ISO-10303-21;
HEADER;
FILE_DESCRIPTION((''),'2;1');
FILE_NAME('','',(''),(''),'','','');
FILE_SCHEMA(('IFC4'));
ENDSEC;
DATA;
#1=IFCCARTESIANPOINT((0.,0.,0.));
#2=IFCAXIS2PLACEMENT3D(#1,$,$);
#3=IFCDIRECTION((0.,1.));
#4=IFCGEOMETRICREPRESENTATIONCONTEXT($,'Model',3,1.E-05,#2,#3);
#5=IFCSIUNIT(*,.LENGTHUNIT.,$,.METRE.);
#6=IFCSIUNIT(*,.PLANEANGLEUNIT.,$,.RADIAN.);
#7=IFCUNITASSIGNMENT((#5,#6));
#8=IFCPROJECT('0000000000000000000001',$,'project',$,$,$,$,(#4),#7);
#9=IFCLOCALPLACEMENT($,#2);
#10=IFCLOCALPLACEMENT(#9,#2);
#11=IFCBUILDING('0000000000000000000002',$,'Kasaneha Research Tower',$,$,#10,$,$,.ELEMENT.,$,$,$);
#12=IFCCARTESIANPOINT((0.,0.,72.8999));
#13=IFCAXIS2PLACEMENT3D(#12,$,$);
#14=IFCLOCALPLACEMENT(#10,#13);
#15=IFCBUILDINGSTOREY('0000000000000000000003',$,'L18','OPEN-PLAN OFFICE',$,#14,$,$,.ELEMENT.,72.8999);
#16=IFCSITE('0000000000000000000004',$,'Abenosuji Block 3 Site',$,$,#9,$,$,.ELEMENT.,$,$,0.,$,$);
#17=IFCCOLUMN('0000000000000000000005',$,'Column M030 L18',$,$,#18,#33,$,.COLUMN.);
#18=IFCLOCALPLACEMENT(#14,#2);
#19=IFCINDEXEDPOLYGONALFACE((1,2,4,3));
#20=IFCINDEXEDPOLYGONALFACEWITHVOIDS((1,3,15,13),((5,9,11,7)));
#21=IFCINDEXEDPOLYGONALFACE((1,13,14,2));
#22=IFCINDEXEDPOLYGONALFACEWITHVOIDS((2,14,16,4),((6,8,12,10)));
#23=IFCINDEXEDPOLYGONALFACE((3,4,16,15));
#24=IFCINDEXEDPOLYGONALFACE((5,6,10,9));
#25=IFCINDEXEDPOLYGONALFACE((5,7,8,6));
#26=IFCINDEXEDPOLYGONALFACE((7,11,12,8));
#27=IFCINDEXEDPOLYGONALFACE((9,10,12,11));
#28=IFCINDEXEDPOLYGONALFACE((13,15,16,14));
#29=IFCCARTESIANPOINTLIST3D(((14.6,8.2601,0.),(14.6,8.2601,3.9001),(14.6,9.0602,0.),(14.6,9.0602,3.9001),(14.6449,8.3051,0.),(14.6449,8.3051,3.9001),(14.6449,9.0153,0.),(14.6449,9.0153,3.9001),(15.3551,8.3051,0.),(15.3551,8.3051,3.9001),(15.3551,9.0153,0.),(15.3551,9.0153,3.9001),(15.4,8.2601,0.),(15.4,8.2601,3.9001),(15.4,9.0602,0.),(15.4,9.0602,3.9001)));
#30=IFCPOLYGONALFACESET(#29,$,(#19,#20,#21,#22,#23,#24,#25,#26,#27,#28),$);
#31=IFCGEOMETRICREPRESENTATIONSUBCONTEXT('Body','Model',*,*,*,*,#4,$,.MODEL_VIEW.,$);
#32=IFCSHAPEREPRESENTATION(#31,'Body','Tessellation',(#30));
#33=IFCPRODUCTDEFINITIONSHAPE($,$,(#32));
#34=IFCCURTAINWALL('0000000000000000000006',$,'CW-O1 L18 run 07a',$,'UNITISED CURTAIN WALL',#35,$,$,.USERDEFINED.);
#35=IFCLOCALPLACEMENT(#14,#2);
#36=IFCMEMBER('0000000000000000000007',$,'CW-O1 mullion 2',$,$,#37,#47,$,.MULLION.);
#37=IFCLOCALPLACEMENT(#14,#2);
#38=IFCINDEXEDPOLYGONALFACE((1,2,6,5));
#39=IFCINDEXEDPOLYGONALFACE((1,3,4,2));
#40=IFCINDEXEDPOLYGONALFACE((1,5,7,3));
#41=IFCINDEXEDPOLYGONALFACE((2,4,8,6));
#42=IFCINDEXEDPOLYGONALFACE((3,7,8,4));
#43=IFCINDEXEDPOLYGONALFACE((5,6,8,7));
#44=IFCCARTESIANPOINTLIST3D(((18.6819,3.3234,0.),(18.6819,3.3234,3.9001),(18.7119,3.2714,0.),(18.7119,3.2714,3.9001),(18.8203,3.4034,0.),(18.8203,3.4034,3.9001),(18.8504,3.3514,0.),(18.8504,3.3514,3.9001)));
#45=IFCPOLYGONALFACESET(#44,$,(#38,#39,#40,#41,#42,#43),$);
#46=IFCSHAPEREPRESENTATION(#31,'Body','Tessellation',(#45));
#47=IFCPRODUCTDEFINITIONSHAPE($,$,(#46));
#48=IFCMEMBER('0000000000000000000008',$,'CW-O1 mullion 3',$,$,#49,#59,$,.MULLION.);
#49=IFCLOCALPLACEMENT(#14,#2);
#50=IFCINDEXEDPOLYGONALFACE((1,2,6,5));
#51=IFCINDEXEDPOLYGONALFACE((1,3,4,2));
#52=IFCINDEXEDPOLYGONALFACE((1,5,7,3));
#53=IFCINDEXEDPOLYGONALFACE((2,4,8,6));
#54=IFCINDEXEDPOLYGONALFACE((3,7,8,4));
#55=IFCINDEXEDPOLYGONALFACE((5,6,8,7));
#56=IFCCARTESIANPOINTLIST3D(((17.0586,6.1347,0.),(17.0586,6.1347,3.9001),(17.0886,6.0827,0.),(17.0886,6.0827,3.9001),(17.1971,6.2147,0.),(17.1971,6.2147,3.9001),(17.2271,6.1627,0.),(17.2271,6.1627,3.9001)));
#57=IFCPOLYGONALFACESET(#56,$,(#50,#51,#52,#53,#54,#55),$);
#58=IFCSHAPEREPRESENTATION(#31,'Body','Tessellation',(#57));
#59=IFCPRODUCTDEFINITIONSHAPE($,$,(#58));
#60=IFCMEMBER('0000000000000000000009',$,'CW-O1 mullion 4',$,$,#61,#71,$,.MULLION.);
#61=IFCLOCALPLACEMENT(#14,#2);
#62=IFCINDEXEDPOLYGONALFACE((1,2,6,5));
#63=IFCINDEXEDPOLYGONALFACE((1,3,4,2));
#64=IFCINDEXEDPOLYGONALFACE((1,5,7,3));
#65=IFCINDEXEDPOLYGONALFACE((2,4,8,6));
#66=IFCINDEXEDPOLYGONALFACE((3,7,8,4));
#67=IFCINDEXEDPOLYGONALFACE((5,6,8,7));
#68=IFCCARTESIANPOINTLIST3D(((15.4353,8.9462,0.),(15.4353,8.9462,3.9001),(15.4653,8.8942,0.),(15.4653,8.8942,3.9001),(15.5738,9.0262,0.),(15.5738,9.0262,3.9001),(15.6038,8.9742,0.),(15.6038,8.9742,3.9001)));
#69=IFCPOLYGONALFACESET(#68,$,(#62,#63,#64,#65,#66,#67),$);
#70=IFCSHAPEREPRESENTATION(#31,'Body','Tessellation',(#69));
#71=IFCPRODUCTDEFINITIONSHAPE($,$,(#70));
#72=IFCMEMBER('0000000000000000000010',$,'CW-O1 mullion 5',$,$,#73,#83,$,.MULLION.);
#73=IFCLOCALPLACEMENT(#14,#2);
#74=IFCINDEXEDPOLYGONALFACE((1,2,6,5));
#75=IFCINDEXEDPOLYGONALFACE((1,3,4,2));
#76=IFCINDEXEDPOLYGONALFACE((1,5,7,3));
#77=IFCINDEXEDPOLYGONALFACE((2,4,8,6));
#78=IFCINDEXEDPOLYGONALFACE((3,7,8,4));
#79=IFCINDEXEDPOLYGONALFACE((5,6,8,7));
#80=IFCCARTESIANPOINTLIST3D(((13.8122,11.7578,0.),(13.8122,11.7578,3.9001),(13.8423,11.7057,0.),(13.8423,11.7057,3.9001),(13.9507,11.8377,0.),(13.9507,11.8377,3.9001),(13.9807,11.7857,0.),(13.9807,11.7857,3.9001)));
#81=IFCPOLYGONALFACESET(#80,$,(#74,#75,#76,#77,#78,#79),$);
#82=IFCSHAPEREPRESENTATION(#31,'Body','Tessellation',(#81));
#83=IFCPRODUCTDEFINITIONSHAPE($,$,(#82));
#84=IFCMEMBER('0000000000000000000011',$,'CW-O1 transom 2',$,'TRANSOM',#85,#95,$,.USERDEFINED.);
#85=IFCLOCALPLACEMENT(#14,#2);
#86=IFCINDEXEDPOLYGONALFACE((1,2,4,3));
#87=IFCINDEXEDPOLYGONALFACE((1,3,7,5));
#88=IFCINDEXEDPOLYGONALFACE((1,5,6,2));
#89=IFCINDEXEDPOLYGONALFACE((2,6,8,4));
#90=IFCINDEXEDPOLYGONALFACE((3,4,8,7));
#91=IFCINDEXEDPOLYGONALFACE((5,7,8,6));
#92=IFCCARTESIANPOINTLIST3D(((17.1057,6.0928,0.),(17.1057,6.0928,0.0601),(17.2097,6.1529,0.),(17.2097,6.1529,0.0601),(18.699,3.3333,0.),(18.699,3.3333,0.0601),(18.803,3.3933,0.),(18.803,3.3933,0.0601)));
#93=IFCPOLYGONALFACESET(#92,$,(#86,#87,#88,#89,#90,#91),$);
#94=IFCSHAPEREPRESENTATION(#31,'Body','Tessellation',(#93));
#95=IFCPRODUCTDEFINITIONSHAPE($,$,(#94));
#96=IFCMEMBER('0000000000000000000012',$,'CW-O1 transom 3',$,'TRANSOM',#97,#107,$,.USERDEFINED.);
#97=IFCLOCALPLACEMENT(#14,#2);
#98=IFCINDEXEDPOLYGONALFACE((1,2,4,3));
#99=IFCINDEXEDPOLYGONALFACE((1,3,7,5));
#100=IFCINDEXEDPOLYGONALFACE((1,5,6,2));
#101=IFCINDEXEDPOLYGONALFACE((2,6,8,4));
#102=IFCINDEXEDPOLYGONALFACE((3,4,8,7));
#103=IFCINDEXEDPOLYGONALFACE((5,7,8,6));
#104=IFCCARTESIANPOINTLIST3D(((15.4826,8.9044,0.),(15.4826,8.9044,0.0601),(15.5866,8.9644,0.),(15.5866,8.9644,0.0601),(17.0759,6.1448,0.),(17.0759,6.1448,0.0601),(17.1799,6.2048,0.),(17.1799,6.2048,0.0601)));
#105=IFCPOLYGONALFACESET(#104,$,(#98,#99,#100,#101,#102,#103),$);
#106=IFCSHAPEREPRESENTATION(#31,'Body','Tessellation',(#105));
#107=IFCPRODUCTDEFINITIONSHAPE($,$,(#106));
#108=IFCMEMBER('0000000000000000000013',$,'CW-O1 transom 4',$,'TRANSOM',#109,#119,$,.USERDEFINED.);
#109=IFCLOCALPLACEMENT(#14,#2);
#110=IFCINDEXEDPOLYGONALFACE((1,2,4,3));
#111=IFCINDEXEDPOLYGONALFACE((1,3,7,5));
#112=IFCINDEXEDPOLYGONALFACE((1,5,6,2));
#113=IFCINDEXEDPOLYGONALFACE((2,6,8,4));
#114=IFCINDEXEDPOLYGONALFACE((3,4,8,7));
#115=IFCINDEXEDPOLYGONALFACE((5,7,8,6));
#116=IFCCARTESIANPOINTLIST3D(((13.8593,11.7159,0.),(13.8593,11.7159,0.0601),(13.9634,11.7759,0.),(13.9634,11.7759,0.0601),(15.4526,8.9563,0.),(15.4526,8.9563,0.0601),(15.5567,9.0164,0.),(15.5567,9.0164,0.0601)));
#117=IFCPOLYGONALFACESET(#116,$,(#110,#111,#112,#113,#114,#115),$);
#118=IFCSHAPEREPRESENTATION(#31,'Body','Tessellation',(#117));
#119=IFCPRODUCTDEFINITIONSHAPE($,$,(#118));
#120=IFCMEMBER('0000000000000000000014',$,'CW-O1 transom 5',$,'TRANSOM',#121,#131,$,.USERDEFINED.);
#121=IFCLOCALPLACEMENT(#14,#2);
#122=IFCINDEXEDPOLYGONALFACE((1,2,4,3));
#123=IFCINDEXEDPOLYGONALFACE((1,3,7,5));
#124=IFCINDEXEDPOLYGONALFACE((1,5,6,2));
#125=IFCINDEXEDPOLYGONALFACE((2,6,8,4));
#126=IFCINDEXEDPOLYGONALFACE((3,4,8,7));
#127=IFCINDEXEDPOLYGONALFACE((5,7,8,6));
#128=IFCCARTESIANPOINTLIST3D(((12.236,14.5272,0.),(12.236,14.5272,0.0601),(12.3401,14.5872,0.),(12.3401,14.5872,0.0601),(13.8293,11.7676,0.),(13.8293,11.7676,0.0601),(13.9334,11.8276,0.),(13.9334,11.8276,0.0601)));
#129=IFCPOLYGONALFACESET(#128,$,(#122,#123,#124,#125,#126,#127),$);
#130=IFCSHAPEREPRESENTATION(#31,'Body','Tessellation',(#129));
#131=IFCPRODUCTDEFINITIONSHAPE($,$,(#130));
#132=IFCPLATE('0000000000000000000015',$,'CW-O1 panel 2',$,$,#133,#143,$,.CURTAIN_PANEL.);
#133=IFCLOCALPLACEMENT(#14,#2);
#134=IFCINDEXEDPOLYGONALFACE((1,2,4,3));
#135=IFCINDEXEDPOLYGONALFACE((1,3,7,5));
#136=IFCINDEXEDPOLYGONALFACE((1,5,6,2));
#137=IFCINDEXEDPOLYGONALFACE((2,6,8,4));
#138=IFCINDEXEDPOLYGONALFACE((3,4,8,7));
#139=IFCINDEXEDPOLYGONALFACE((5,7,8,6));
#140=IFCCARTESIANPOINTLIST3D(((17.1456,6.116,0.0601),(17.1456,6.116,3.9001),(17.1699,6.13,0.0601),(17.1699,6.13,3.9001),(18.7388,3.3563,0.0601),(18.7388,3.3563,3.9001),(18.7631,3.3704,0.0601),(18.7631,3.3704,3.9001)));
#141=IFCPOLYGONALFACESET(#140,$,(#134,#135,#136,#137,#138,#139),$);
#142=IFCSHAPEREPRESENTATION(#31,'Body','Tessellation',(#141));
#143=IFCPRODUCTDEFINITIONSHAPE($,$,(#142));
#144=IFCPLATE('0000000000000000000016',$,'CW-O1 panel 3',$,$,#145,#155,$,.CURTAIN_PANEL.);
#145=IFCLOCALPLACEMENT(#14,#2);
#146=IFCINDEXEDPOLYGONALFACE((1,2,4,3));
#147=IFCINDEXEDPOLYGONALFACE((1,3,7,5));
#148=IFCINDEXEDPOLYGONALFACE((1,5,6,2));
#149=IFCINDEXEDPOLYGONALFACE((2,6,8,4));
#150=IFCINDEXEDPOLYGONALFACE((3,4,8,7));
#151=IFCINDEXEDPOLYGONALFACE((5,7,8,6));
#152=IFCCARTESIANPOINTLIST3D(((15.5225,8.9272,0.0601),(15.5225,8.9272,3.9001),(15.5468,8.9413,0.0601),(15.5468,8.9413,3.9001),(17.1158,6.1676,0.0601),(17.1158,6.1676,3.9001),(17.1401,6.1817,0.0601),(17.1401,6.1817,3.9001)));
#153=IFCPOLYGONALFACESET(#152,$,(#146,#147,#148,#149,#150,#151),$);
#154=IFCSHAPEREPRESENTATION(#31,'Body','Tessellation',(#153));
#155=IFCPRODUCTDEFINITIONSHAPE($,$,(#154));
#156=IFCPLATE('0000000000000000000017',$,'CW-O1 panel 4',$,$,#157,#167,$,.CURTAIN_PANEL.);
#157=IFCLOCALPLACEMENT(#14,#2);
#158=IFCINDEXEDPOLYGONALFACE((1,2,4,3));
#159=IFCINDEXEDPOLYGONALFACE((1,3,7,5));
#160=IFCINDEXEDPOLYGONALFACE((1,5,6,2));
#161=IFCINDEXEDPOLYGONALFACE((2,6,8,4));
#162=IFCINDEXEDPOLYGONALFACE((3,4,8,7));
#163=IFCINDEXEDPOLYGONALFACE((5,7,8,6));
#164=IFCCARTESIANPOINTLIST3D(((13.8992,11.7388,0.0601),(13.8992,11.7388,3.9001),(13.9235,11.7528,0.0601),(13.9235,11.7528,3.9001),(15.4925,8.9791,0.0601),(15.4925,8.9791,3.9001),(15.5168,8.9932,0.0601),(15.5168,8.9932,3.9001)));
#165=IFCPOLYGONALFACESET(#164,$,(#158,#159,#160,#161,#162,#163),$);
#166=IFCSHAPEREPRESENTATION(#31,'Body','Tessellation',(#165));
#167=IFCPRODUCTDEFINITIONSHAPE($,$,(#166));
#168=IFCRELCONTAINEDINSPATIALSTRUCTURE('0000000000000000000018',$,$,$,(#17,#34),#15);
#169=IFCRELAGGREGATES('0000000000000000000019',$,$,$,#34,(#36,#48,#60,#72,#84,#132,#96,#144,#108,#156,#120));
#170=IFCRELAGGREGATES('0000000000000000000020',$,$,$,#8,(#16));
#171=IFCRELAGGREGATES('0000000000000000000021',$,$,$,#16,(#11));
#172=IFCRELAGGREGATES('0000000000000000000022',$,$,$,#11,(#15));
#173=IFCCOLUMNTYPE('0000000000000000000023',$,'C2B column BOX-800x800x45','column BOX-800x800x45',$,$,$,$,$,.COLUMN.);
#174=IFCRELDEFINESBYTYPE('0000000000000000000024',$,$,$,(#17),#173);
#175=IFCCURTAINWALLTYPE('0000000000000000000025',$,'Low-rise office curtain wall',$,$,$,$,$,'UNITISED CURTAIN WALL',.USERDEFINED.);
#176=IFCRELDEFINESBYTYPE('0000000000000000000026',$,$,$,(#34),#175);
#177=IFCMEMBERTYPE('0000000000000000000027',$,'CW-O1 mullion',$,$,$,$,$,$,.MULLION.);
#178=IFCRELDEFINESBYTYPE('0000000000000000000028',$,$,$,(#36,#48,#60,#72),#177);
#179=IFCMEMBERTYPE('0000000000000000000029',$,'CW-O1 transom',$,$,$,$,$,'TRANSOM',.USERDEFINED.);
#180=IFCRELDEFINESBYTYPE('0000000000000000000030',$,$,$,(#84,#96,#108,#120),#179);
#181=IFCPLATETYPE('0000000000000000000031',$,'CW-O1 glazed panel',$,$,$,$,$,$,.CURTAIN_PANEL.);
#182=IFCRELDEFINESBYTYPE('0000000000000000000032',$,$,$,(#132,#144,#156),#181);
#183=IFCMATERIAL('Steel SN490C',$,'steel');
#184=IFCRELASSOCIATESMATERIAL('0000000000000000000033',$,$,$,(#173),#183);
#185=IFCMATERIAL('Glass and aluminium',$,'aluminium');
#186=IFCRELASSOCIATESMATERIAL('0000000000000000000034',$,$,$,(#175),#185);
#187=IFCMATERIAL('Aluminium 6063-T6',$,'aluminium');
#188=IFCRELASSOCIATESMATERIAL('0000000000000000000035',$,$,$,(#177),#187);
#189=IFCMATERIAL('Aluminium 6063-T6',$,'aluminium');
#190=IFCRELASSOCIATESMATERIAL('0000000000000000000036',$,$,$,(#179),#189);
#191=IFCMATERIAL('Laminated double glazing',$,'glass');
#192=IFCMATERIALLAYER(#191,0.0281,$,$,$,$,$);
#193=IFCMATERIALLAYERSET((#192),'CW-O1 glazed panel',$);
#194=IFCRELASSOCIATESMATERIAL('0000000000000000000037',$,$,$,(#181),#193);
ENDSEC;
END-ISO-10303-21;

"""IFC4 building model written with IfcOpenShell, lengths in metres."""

from ifc_helpers import new_model, si_unit, direction, frame, origin, origin_2d, place, context, subcontext, project, spatial, rectangle, hollow_rectangle, extrude, material, layer, layer_set, material_profile, profile_set, type_object, element, aggregate, save


model = new_model("IFC4")

# Units and contexts
model_context = context("Model", 3, precision=1e-05, world=origin(), true_north=direction((0.0, 1.0)))
body_context = subcontext(model_context, "Body", "Model", "MODEL_VIEW")
ifc_project = project(units=[si_unit("LENGTHUNIT", "METRE"), si_unit("PLANEANGLEUNIT", "RADIAN")], contexts=[model_context])

# Site, building, storey
site_placement = place(None, origin())
site = spatial("IfcSite", under=ifc_project, at=site_placement, Name="Abenosuji Block 3 Site", CompositionType="ELEMENT", RefElevation=0.0)
building_placement = place(site_placement, origin())
building = spatial("IfcBuilding", under=site, at=building_placement, Name="Kasaneha Research Tower", CompositionType="ELEMENT")
storey_placement = place(building_placement, frame((0.0, 0.0, 72.8999)))
storey = spatial("IfcBuildingStorey", under=building, at=storey_placement, Name="L18", Description="OPEN-PLAN OFFICE", CompositionType="ELEMENT", Elevation=72.8999)

# Column
ifc_material_1 = material(Name="Steel SN490C", Category="steel")
ifc_material_profile_1 = material_profile(ifc_material_1, hollow_rectangle(XDim=0.8, YDim=0.8, WallThickness=0.0449, at=origin_2d()), Name="BOX-800x800x45")
ifc_profile_set_1 = profile_set([ifc_material_profile_1], Name="Steel SN490C")
column_type = type_object("IfcColumnType", Name="C2B column BOX-800x800x45", Description="column BOX-800x800x45", PredefinedType="COLUMN", material=ifc_profile_set_1)
column_placement = place(storey_placement, frame((15.0, 8.6602, 0.0), z_axis=(0.0, 0.0, 1.0), x_axis=(1.0, 0.0, 0.0)))
element("IfcColumn", 1, at=column_placement, inside=storey, type_object=column_type, Name="Column M030 L18", PredefinedType="COLUMN", context=body_context, shape_type="SweptSolid", body=[
    extrude(hollow_rectangle(XDim=0.8, YDim=0.8, WallThickness=0.0449, at=origin_2d()), origin(), (0.0, 0.0, 1.0), 3.9001),
])

# Curtain wall, members, plates
ifc_material_2 = material(Name="Glass and aluminium", Category="aluminium")
curtain_wall_type = type_object("IfcCurtainWallType", Name="Low-rise office curtain wall", ElementType="UNITISED CURTAIN WALL", PredefinedType="USERDEFINED", material=ifc_material_2)
curtain_wall_placement = place(storey_placement, origin())
curtain_wall = element("IfcCurtainWall", 2, at=curtain_wall_placement, inside=storey, type_object=curtain_wall_type, Name="CW-O1 L18 run 07a", ObjectType="UNITISED CURTAIN WALL", PredefinedType="USERDEFINED")
ifc_material_3 = material(Name="Aluminium 6063-T6", Category="aluminium")
ifc_material_profile_2 = material_profile(ifc_material_3, rectangle(XDim=0.0601, YDim=0.1599, at=origin_2d()), Name="CW-O1 mullion 60x160")
ifc_profile_set_2 = profile_set([ifc_material_profile_2], Name="Aluminium 6063-T6")
member_type_1 = type_object("IfcMemberType", Name="CW-O1 mullion", PredefinedType="MULLION", material=ifc_profile_set_2)
member_1_placement = place(storey_placement, frame((18.7661, 3.3374, 0.0), z_axis=(0.0, 0.0, 1.0), x_axis=(-0.5, 0.866025, 0.0)))
member_1 = element("IfcMember", 3, at=member_1_placement, type_object=member_type_1, Name="CW-O1 mullion 2", PredefinedType="MULLION", context=body_context, shape_type="SweptSolid", body=[
    extrude(rectangle(XDim=0.0601, YDim=0.1599, at=origin_2d()), origin(), (0.0, 0.0, 1.0), 3.9001),
])
member_2_placement = place(storey_placement, frame((17.1428, 6.1487, 0.0), z_axis=(0.0, 0.0, 1.0), x_axis=(-0.5, 0.866025, 0.0)))
member_2 = element("IfcMember", 4, at=member_2_placement, type_object=member_type_1, Name="CW-O1 mullion 3", PredefinedType="MULLION", context=body_context, shape_type="SweptSolid", body=[
    extrude(rectangle(XDim=0.0601, YDim=0.1599, at=origin_2d()), origin(), (0.0, 0.0, 1.0), 3.9001),
])
member_3_placement = place(storey_placement, frame((15.5195, 8.9602, 0.0), z_axis=(0.0, 0.0, 1.0), x_axis=(-0.5, 0.866025, 0.0)))
member_3 = element("IfcMember", 5, at=member_3_placement, type_object=member_type_1, Name="CW-O1 mullion 4", PredefinedType="MULLION", context=body_context, shape_type="SweptSolid", body=[
    extrude(rectangle(XDim=0.0601, YDim=0.1599, at=origin_2d()), origin(), (0.0, 0.0, 1.0), 3.9001),
])
member_4_placement = place(storey_placement, frame((13.8965, 11.7717, 0.0), z_axis=(0.0, 0.0, 1.0), x_axis=(-0.5, 0.866025, 0.0)))
member_4 = element("IfcMember", 6, at=member_4_placement, type_object=member_type_1, Name="CW-O1 mullion 5", PredefinedType="MULLION", context=body_context, shape_type="SweptSolid", body=[
    extrude(rectangle(XDim=0.0601, YDim=0.1599, at=origin_2d()), origin(), (0.0, 0.0, 1.0), 3.9001),
])
ifc_material_4 = material(Name="Aluminium 6063-T6", Category="aluminium")
ifc_material_profile_3 = material_profile(ifc_material_4, rectangle(XDim=0.1201, YDim=0.0601, at=origin_2d()), Name="CW-O1 transom 120x60")
ifc_profile_set_3 = profile_set([ifc_material_profile_3], Name="Aluminium 6063-T6")
member_type_2 = type_object("IfcMemberType", Name="CW-O1 transom", ElementType="TRANSOM", PredefinedType="USERDEFINED", material=ifc_profile_set_3)
member_5_placement = place(storey_placement, frame((18.751, 3.3633, 0.03), z_axis=(-0.500012, 0.866018, 0.0), x_axis=(-0.866018, -0.500012, 0.0)))
member_5 = element("IfcMember", 7, at=member_5_placement, type_object=member_type_2, Name="CW-O1 transom 2", ObjectType="TRANSOM", PredefinedType="USERDEFINED", context=body_context, shape_type="SweptSolid", body=[
    extrude(rectangle(XDim=0.1201, YDim=0.0601, at=origin_2d()), origin(), (0.0, 0.0, 1.0), 3.1865),
])
member_6_placement = place(storey_placement, frame((17.1279, 6.1748, 0.03), z_axis=(-0.500012, 0.866018, 0.0), x_axis=(-0.866018, -0.500012, 0.0)))
member_6 = element("IfcMember", 8, at=member_6_placement, type_object=member_type_2, Name="CW-O1 transom 3", ObjectType="TRANSOM", PredefinedType="USERDEFINED", context=body_context, shape_type="SweptSolid", body=[
    extrude(rectangle(XDim=0.1201, YDim=0.0601, at=origin_2d()), origin(), (0.0, 0.0, 1.0), 3.1865),
])
member_7_placement = place(storey_placement, frame((15.5046, 8.9863, 0.03), z_axis=(-0.500012, 0.866018, 0.0), x_axis=(-0.866018, -0.500012, 0.0)))
member_7 = element("IfcMember", 9, at=member_7_placement, type_object=member_type_2, Name="CW-O1 transom 4", ObjectType="TRANSOM", PredefinedType="USERDEFINED", context=body_context, shape_type="SweptSolid", body=[
    extrude(rectangle(XDim=0.1201, YDim=0.0601, at=origin_2d()), origin(), (0.0, 0.0, 1.0), 3.1865),
])
member_8_placement = place(storey_placement, frame((13.8813, 11.7976, 0.03), z_axis=(-0.500012, 0.866018, 0.0), x_axis=(-0.866018, -0.500012, 0.0)))
member_8 = element("IfcMember", 10, at=member_8_placement, type_object=member_type_2, Name="CW-O1 transom 5", ObjectType="TRANSOM", PredefinedType="USERDEFINED", context=body_context, shape_type="SweptSolid", body=[
    extrude(rectangle(XDim=0.1201, YDim=0.0601, at=origin_2d()), origin(), (0.0, 0.0, 1.0), 3.1865),
])
ifc_material_5 = material(Name="Laminated double glazing", Category="glass")
ifc_layer_1 = layer(ifc_material_5, 0.0281)
ifc_layer_set_1 = layer_set([ifc_layer_1], Name="CW-O1 glazed panel")
plate_type = type_object("IfcPlateType", Name="CW-O1 glazed panel", PredefinedType="CURTAIN_PANEL", material=ifc_layer_set_1)
plate_1_placement = place(storey_placement, frame((17.9543, 4.7432, 0.0601), z_axis=(0.0, 0.0, 1.0), x_axis=(-0.5, 0.866025, 0.0)))
plate_1 = element("IfcPlate", 11, at=plate_1_placement, type_object=plate_type, Name="CW-O1 panel 2", PredefinedType="CURTAIN_PANEL", context=body_context, shape_type="SweptSolid", body=[
    extrude(rectangle(XDim=3.1865, YDim=0.0281, at=origin_2d()), origin(), (0.0, 0.0, 1.0), 3.8401),
])
plate_2_placement = place(storey_placement, frame((16.3313, 7.5544, 0.0601), z_axis=(0.0, 0.0, 1.0), x_axis=(-0.5, 0.866025, 0.0)))
plate_2 = element("IfcPlate", 12, at=plate_2_placement, type_object=plate_type, Name="CW-O1 panel 3", PredefinedType="CURTAIN_PANEL", context=body_context, shape_type="SweptSolid", body=[
    extrude(rectangle(XDim=3.1865, YDim=0.0281, at=origin_2d()), origin(), (0.0, 0.0, 1.0), 3.8401),
])
plate_3_placement = place(storey_placement, frame((14.708, 10.366, 0.0601), z_axis=(0.0, 0.0, 1.0), x_axis=(-0.5, 0.866025, 0.0)))
plate_3 = element("IfcPlate", 13, at=plate_3_placement, type_object=plate_type, Name="CW-O1 panel 4", PredefinedType="CURTAIN_PANEL", context=body_context, shape_type="SweptSolid", body=[
    extrude(rectangle(XDim=3.1865, YDim=0.0281, at=origin_2d()), origin(), (0.0, 0.0, 1.0), 3.8401),
])
aggregate(curtain_wall, [member_1, member_2, member_3, member_4, member_5, plate_1, member_6, plate_2, member_7, plate_3, member_8])

save(model, "model.ifc")
